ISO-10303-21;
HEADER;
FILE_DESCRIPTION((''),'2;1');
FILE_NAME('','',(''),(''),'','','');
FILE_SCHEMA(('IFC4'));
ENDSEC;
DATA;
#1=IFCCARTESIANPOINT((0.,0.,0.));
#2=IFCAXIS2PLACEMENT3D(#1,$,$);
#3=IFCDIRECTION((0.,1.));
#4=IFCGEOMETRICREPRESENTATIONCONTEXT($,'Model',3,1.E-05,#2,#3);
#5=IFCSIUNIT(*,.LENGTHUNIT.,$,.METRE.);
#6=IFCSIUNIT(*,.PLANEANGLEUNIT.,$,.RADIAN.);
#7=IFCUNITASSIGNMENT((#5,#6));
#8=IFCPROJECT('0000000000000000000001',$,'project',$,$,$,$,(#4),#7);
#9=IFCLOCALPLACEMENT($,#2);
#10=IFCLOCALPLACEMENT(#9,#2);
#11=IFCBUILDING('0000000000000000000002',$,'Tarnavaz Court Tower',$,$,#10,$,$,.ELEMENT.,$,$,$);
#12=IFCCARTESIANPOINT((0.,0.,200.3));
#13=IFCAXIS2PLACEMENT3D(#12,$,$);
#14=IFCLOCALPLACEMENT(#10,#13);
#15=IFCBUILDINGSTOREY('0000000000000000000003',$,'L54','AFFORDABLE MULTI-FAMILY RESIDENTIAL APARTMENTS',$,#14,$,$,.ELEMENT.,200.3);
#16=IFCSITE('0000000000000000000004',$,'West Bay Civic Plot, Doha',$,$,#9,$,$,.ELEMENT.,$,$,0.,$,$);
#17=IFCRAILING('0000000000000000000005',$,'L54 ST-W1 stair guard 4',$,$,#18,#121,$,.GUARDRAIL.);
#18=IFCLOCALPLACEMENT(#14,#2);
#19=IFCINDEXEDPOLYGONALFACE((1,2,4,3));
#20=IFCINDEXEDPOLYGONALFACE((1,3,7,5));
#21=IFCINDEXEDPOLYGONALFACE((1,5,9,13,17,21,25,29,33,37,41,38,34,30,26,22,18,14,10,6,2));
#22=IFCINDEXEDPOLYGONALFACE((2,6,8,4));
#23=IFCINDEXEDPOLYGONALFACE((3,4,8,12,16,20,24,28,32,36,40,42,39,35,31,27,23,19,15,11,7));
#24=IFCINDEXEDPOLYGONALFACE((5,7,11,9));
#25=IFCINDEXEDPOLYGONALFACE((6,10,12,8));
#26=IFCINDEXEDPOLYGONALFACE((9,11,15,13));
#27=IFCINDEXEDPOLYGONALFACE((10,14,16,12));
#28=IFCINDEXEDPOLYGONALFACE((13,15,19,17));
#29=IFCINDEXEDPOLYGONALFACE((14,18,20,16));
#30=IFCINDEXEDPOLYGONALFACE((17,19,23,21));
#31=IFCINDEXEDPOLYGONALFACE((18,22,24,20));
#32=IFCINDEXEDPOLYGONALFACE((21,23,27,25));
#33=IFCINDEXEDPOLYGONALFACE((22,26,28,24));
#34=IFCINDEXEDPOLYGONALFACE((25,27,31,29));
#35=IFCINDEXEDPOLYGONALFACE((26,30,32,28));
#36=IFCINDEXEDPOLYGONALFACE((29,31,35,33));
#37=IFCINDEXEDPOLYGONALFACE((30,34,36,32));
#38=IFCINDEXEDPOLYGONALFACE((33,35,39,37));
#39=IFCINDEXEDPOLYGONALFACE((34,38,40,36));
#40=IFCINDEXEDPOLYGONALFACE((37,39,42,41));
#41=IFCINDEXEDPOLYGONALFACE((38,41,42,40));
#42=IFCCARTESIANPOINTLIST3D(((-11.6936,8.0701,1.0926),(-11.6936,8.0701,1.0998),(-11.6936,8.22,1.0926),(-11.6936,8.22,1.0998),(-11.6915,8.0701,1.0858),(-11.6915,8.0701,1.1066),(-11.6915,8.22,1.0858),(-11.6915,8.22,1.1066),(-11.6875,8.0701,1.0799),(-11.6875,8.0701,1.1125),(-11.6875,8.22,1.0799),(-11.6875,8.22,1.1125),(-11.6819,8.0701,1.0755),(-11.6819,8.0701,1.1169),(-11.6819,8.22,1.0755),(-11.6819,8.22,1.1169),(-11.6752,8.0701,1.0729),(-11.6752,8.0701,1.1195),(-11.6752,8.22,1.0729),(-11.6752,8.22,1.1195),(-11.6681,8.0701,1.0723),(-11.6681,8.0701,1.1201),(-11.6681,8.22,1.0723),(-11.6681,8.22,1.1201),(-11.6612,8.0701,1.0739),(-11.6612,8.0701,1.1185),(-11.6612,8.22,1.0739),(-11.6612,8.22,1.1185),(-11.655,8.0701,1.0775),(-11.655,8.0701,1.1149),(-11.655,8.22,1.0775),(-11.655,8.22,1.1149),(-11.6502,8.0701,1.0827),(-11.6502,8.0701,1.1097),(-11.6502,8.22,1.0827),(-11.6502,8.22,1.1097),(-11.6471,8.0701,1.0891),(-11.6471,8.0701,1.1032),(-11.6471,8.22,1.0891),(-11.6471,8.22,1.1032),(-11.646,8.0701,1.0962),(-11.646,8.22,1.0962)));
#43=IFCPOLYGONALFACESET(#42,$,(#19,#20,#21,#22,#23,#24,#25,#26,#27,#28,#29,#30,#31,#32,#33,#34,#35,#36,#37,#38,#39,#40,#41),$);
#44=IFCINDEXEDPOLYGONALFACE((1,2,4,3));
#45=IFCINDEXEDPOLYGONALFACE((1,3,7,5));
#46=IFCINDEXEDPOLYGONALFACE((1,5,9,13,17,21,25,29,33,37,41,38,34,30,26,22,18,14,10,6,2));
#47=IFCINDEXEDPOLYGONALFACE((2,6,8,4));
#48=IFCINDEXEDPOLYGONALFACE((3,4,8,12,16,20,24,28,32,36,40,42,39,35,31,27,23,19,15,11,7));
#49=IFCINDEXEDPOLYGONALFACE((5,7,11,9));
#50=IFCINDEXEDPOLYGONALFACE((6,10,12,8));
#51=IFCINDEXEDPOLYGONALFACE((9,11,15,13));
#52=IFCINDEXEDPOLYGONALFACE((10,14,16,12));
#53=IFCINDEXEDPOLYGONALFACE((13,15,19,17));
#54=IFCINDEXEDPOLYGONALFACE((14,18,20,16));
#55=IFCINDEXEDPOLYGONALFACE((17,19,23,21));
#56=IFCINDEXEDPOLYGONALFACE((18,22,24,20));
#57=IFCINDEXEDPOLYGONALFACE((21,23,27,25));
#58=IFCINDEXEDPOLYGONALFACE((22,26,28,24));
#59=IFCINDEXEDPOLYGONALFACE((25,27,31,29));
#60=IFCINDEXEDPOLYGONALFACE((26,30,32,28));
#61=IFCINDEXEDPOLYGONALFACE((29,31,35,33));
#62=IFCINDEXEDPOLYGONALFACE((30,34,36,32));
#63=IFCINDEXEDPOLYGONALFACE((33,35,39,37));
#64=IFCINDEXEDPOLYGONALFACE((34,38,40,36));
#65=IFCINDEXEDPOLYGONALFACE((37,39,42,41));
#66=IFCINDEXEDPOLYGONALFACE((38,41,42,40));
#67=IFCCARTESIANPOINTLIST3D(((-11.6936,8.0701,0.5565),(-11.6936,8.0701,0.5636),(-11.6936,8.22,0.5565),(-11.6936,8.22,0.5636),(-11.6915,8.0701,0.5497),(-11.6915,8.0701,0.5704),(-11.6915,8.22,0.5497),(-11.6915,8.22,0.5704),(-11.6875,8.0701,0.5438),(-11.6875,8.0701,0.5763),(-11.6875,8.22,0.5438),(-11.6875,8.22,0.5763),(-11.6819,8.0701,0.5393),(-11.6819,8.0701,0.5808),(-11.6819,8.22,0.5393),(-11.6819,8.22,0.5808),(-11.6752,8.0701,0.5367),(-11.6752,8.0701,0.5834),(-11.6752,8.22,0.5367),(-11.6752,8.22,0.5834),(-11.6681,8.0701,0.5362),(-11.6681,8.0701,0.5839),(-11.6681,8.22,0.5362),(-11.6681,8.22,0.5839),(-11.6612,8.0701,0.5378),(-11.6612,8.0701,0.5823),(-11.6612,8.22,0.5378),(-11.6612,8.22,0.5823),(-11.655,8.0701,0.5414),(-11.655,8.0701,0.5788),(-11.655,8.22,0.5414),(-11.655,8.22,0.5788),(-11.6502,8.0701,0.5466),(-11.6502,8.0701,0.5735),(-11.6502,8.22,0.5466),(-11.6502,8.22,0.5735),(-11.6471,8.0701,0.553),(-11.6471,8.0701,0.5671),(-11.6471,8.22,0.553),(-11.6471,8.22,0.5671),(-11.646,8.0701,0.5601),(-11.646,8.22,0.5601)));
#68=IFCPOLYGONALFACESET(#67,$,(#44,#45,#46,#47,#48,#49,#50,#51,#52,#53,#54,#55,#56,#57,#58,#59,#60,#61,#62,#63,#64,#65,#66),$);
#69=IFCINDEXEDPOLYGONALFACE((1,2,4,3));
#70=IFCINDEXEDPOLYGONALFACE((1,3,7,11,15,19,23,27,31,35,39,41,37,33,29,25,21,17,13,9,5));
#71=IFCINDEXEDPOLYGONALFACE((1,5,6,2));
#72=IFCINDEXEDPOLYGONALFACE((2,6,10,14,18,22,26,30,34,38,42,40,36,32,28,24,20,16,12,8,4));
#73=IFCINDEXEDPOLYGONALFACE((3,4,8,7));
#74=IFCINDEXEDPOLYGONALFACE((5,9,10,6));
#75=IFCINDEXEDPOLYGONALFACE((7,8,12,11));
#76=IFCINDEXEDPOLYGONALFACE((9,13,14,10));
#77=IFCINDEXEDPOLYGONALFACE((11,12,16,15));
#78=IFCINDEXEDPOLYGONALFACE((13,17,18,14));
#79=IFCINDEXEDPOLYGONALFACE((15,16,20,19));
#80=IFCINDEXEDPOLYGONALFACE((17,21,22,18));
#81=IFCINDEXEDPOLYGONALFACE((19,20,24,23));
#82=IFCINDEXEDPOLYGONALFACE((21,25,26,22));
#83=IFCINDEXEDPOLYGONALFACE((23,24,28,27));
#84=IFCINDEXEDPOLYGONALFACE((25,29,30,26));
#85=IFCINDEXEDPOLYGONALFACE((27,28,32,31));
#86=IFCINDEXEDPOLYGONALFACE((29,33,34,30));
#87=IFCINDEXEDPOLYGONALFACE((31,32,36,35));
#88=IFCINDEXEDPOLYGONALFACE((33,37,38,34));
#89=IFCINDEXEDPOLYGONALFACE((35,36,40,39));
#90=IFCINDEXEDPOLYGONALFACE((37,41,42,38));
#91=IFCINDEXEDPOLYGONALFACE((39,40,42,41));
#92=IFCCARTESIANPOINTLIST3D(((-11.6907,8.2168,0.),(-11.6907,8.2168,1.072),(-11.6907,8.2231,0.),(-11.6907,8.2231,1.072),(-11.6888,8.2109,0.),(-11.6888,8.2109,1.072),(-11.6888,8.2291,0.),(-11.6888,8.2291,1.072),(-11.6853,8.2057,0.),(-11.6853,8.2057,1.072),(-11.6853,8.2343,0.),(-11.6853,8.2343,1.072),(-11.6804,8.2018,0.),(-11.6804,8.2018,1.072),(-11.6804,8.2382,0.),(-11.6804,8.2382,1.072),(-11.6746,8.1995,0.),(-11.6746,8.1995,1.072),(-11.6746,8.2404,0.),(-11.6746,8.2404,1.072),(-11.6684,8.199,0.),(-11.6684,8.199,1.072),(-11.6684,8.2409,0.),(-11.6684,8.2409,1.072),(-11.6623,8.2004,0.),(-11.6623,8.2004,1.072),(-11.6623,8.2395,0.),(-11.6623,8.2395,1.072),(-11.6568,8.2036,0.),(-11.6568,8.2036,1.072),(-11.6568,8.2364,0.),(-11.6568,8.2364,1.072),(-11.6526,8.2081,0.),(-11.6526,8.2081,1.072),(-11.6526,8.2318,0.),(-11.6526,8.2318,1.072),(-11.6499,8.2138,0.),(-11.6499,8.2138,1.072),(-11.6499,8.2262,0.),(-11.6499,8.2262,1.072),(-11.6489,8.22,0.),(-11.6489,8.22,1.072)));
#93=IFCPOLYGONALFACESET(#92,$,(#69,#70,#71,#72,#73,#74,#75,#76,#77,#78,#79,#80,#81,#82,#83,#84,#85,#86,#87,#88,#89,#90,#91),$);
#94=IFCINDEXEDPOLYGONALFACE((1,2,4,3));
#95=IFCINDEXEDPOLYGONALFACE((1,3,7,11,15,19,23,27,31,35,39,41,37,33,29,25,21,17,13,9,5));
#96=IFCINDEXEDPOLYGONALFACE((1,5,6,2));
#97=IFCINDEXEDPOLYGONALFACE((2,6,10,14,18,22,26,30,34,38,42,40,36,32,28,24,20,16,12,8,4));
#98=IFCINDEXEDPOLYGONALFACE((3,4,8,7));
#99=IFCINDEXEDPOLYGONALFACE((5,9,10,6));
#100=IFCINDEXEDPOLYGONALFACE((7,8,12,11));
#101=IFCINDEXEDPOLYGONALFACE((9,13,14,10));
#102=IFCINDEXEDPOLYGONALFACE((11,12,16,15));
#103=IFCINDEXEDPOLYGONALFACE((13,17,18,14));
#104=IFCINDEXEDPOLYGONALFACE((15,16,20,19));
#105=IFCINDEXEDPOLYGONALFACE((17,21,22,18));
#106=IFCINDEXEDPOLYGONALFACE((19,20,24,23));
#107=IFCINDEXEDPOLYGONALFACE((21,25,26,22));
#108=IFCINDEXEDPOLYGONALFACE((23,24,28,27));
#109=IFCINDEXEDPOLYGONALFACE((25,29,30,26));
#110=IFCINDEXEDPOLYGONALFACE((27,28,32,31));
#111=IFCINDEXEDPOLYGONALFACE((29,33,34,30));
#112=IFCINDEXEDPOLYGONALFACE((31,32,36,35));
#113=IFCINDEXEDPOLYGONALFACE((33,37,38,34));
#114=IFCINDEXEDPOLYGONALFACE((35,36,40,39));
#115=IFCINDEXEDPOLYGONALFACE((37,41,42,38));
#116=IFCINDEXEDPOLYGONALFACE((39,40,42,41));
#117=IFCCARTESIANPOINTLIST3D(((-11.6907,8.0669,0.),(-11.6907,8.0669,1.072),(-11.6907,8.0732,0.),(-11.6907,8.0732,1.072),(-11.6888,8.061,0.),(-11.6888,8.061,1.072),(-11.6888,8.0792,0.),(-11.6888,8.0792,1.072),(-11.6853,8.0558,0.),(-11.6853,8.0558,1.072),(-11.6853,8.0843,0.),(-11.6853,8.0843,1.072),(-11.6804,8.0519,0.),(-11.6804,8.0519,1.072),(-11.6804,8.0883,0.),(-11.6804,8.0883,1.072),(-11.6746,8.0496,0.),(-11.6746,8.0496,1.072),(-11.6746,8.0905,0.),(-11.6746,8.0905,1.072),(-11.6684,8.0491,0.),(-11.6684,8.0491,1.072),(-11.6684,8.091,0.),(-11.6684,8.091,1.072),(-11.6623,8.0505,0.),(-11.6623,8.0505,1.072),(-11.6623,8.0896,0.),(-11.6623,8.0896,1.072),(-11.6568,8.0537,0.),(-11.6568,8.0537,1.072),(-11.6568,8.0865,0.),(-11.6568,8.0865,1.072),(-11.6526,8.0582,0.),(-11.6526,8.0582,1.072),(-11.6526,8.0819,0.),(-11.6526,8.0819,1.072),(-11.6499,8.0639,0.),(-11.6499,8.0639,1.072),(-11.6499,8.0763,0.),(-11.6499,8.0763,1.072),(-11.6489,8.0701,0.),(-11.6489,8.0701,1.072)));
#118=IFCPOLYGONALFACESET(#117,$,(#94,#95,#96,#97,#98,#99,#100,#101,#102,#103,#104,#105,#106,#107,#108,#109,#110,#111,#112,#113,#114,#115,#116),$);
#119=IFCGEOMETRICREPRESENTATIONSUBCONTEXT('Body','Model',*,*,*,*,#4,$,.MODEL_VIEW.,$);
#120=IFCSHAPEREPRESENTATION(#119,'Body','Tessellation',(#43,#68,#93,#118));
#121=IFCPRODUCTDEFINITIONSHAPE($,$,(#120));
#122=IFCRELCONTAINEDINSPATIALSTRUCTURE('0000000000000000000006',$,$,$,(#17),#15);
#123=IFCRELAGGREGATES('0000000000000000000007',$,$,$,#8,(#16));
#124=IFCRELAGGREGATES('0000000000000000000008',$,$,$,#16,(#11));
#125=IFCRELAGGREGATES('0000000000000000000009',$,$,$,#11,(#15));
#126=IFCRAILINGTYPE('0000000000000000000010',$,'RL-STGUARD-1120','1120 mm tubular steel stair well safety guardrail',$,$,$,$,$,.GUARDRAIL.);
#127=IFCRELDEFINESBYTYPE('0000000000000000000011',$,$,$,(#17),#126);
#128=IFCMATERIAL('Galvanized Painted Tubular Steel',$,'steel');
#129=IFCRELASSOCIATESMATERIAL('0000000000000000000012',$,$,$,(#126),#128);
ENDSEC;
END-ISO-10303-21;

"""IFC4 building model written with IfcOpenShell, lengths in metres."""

from ifc_helpers import new_model, si_unit, direction, frame, origin, origin_2d, place, context, subcontext, project, spatial, circle, extrude, material, type_object, element, save


model = new_model("IFC4")

# Units and contexts
model_context = context("Model", 3, precision=1e-05, world=origin(), true_north=direction((0.0, 1.0)))
body_context = subcontext(model_context, "Body", "Model", "MODEL_VIEW")
ifc_project = project(units=[si_unit("LENGTHUNIT", "METRE"), si_unit("PLANEANGLEUNIT", "RADIAN")], contexts=[model_context])

# Site, building, storey
site_placement = place(None, origin())
site = spatial("IfcSite", under=ifc_project, at=site_placement, Name="West Bay Civic Plot, Doha", CompositionType="ELEMENT", RefElevation=0.0)
building_placement = place(site_placement, origin())
building = spatial("IfcBuilding", under=site, at=building_placement, Name="Tarnavaz Court Tower", CompositionType="ELEMENT")
storey_placement = place(building_placement, frame((0.0, 0.0, 200.3)))
storey = spatial("IfcBuildingStorey", under=building, at=storey_placement, Name="L54", Description="AFFORDABLE MULTI-FAMILY RESIDENTIAL APARTMENTS", CompositionType="ELEMENT", Elevation=200.3)

# Railing
ifc_material_1 = material(Name="Galvanized Painted Tubular Steel", Category="steel")
railing_type_1 = type_object("IfcRailingType", Name="RL-STGUARD-1120", Description="1120 mm tubular steel stair well safety guardrail", PredefinedType="GUARDRAIL", material=ifc_material_1)
railing_1_placement = place(storey_placement, frame((-11.6699, 8.22, 0.0)))
element("IfcRailing", 1, at=railing_1_placement, inside=storey, type_object=railing_type_1, Name="L54 ST-W1 stair guard 4", PredefinedType="GUARDRAIL", context=body_context, shape_type="SweptSolid", body=[
    extrude(circle(Radius=0.0239, at=origin_2d()), frame((0.0, 0.0, 1.0962), z_axis=(0.0, -1.0, 0.0), x_axis=(1.0, 0.0, 0.0)), (0.0, 0.0, 1.0), 0.1499),
    extrude(circle(Radius=0.0239, at=origin_2d()), frame((0.0, 0.0, 0.5601), z_axis=(0.0, -1.0, 0.0), x_axis=(1.0, 0.0, 0.0)), (0.0, 0.0, 1.0), 0.1499),
    extrude(circle(Radius=0.021, at=origin_2d()), origin(), (0.0, 0.0, 1.0), 1.072),
    extrude(circle(Radius=0.021, at=origin_2d()), frame((0.0, -0.1499, 0.0)), (0.0, 0.0, 1.0), 1.072),
])

save(model, "model.ifc")
